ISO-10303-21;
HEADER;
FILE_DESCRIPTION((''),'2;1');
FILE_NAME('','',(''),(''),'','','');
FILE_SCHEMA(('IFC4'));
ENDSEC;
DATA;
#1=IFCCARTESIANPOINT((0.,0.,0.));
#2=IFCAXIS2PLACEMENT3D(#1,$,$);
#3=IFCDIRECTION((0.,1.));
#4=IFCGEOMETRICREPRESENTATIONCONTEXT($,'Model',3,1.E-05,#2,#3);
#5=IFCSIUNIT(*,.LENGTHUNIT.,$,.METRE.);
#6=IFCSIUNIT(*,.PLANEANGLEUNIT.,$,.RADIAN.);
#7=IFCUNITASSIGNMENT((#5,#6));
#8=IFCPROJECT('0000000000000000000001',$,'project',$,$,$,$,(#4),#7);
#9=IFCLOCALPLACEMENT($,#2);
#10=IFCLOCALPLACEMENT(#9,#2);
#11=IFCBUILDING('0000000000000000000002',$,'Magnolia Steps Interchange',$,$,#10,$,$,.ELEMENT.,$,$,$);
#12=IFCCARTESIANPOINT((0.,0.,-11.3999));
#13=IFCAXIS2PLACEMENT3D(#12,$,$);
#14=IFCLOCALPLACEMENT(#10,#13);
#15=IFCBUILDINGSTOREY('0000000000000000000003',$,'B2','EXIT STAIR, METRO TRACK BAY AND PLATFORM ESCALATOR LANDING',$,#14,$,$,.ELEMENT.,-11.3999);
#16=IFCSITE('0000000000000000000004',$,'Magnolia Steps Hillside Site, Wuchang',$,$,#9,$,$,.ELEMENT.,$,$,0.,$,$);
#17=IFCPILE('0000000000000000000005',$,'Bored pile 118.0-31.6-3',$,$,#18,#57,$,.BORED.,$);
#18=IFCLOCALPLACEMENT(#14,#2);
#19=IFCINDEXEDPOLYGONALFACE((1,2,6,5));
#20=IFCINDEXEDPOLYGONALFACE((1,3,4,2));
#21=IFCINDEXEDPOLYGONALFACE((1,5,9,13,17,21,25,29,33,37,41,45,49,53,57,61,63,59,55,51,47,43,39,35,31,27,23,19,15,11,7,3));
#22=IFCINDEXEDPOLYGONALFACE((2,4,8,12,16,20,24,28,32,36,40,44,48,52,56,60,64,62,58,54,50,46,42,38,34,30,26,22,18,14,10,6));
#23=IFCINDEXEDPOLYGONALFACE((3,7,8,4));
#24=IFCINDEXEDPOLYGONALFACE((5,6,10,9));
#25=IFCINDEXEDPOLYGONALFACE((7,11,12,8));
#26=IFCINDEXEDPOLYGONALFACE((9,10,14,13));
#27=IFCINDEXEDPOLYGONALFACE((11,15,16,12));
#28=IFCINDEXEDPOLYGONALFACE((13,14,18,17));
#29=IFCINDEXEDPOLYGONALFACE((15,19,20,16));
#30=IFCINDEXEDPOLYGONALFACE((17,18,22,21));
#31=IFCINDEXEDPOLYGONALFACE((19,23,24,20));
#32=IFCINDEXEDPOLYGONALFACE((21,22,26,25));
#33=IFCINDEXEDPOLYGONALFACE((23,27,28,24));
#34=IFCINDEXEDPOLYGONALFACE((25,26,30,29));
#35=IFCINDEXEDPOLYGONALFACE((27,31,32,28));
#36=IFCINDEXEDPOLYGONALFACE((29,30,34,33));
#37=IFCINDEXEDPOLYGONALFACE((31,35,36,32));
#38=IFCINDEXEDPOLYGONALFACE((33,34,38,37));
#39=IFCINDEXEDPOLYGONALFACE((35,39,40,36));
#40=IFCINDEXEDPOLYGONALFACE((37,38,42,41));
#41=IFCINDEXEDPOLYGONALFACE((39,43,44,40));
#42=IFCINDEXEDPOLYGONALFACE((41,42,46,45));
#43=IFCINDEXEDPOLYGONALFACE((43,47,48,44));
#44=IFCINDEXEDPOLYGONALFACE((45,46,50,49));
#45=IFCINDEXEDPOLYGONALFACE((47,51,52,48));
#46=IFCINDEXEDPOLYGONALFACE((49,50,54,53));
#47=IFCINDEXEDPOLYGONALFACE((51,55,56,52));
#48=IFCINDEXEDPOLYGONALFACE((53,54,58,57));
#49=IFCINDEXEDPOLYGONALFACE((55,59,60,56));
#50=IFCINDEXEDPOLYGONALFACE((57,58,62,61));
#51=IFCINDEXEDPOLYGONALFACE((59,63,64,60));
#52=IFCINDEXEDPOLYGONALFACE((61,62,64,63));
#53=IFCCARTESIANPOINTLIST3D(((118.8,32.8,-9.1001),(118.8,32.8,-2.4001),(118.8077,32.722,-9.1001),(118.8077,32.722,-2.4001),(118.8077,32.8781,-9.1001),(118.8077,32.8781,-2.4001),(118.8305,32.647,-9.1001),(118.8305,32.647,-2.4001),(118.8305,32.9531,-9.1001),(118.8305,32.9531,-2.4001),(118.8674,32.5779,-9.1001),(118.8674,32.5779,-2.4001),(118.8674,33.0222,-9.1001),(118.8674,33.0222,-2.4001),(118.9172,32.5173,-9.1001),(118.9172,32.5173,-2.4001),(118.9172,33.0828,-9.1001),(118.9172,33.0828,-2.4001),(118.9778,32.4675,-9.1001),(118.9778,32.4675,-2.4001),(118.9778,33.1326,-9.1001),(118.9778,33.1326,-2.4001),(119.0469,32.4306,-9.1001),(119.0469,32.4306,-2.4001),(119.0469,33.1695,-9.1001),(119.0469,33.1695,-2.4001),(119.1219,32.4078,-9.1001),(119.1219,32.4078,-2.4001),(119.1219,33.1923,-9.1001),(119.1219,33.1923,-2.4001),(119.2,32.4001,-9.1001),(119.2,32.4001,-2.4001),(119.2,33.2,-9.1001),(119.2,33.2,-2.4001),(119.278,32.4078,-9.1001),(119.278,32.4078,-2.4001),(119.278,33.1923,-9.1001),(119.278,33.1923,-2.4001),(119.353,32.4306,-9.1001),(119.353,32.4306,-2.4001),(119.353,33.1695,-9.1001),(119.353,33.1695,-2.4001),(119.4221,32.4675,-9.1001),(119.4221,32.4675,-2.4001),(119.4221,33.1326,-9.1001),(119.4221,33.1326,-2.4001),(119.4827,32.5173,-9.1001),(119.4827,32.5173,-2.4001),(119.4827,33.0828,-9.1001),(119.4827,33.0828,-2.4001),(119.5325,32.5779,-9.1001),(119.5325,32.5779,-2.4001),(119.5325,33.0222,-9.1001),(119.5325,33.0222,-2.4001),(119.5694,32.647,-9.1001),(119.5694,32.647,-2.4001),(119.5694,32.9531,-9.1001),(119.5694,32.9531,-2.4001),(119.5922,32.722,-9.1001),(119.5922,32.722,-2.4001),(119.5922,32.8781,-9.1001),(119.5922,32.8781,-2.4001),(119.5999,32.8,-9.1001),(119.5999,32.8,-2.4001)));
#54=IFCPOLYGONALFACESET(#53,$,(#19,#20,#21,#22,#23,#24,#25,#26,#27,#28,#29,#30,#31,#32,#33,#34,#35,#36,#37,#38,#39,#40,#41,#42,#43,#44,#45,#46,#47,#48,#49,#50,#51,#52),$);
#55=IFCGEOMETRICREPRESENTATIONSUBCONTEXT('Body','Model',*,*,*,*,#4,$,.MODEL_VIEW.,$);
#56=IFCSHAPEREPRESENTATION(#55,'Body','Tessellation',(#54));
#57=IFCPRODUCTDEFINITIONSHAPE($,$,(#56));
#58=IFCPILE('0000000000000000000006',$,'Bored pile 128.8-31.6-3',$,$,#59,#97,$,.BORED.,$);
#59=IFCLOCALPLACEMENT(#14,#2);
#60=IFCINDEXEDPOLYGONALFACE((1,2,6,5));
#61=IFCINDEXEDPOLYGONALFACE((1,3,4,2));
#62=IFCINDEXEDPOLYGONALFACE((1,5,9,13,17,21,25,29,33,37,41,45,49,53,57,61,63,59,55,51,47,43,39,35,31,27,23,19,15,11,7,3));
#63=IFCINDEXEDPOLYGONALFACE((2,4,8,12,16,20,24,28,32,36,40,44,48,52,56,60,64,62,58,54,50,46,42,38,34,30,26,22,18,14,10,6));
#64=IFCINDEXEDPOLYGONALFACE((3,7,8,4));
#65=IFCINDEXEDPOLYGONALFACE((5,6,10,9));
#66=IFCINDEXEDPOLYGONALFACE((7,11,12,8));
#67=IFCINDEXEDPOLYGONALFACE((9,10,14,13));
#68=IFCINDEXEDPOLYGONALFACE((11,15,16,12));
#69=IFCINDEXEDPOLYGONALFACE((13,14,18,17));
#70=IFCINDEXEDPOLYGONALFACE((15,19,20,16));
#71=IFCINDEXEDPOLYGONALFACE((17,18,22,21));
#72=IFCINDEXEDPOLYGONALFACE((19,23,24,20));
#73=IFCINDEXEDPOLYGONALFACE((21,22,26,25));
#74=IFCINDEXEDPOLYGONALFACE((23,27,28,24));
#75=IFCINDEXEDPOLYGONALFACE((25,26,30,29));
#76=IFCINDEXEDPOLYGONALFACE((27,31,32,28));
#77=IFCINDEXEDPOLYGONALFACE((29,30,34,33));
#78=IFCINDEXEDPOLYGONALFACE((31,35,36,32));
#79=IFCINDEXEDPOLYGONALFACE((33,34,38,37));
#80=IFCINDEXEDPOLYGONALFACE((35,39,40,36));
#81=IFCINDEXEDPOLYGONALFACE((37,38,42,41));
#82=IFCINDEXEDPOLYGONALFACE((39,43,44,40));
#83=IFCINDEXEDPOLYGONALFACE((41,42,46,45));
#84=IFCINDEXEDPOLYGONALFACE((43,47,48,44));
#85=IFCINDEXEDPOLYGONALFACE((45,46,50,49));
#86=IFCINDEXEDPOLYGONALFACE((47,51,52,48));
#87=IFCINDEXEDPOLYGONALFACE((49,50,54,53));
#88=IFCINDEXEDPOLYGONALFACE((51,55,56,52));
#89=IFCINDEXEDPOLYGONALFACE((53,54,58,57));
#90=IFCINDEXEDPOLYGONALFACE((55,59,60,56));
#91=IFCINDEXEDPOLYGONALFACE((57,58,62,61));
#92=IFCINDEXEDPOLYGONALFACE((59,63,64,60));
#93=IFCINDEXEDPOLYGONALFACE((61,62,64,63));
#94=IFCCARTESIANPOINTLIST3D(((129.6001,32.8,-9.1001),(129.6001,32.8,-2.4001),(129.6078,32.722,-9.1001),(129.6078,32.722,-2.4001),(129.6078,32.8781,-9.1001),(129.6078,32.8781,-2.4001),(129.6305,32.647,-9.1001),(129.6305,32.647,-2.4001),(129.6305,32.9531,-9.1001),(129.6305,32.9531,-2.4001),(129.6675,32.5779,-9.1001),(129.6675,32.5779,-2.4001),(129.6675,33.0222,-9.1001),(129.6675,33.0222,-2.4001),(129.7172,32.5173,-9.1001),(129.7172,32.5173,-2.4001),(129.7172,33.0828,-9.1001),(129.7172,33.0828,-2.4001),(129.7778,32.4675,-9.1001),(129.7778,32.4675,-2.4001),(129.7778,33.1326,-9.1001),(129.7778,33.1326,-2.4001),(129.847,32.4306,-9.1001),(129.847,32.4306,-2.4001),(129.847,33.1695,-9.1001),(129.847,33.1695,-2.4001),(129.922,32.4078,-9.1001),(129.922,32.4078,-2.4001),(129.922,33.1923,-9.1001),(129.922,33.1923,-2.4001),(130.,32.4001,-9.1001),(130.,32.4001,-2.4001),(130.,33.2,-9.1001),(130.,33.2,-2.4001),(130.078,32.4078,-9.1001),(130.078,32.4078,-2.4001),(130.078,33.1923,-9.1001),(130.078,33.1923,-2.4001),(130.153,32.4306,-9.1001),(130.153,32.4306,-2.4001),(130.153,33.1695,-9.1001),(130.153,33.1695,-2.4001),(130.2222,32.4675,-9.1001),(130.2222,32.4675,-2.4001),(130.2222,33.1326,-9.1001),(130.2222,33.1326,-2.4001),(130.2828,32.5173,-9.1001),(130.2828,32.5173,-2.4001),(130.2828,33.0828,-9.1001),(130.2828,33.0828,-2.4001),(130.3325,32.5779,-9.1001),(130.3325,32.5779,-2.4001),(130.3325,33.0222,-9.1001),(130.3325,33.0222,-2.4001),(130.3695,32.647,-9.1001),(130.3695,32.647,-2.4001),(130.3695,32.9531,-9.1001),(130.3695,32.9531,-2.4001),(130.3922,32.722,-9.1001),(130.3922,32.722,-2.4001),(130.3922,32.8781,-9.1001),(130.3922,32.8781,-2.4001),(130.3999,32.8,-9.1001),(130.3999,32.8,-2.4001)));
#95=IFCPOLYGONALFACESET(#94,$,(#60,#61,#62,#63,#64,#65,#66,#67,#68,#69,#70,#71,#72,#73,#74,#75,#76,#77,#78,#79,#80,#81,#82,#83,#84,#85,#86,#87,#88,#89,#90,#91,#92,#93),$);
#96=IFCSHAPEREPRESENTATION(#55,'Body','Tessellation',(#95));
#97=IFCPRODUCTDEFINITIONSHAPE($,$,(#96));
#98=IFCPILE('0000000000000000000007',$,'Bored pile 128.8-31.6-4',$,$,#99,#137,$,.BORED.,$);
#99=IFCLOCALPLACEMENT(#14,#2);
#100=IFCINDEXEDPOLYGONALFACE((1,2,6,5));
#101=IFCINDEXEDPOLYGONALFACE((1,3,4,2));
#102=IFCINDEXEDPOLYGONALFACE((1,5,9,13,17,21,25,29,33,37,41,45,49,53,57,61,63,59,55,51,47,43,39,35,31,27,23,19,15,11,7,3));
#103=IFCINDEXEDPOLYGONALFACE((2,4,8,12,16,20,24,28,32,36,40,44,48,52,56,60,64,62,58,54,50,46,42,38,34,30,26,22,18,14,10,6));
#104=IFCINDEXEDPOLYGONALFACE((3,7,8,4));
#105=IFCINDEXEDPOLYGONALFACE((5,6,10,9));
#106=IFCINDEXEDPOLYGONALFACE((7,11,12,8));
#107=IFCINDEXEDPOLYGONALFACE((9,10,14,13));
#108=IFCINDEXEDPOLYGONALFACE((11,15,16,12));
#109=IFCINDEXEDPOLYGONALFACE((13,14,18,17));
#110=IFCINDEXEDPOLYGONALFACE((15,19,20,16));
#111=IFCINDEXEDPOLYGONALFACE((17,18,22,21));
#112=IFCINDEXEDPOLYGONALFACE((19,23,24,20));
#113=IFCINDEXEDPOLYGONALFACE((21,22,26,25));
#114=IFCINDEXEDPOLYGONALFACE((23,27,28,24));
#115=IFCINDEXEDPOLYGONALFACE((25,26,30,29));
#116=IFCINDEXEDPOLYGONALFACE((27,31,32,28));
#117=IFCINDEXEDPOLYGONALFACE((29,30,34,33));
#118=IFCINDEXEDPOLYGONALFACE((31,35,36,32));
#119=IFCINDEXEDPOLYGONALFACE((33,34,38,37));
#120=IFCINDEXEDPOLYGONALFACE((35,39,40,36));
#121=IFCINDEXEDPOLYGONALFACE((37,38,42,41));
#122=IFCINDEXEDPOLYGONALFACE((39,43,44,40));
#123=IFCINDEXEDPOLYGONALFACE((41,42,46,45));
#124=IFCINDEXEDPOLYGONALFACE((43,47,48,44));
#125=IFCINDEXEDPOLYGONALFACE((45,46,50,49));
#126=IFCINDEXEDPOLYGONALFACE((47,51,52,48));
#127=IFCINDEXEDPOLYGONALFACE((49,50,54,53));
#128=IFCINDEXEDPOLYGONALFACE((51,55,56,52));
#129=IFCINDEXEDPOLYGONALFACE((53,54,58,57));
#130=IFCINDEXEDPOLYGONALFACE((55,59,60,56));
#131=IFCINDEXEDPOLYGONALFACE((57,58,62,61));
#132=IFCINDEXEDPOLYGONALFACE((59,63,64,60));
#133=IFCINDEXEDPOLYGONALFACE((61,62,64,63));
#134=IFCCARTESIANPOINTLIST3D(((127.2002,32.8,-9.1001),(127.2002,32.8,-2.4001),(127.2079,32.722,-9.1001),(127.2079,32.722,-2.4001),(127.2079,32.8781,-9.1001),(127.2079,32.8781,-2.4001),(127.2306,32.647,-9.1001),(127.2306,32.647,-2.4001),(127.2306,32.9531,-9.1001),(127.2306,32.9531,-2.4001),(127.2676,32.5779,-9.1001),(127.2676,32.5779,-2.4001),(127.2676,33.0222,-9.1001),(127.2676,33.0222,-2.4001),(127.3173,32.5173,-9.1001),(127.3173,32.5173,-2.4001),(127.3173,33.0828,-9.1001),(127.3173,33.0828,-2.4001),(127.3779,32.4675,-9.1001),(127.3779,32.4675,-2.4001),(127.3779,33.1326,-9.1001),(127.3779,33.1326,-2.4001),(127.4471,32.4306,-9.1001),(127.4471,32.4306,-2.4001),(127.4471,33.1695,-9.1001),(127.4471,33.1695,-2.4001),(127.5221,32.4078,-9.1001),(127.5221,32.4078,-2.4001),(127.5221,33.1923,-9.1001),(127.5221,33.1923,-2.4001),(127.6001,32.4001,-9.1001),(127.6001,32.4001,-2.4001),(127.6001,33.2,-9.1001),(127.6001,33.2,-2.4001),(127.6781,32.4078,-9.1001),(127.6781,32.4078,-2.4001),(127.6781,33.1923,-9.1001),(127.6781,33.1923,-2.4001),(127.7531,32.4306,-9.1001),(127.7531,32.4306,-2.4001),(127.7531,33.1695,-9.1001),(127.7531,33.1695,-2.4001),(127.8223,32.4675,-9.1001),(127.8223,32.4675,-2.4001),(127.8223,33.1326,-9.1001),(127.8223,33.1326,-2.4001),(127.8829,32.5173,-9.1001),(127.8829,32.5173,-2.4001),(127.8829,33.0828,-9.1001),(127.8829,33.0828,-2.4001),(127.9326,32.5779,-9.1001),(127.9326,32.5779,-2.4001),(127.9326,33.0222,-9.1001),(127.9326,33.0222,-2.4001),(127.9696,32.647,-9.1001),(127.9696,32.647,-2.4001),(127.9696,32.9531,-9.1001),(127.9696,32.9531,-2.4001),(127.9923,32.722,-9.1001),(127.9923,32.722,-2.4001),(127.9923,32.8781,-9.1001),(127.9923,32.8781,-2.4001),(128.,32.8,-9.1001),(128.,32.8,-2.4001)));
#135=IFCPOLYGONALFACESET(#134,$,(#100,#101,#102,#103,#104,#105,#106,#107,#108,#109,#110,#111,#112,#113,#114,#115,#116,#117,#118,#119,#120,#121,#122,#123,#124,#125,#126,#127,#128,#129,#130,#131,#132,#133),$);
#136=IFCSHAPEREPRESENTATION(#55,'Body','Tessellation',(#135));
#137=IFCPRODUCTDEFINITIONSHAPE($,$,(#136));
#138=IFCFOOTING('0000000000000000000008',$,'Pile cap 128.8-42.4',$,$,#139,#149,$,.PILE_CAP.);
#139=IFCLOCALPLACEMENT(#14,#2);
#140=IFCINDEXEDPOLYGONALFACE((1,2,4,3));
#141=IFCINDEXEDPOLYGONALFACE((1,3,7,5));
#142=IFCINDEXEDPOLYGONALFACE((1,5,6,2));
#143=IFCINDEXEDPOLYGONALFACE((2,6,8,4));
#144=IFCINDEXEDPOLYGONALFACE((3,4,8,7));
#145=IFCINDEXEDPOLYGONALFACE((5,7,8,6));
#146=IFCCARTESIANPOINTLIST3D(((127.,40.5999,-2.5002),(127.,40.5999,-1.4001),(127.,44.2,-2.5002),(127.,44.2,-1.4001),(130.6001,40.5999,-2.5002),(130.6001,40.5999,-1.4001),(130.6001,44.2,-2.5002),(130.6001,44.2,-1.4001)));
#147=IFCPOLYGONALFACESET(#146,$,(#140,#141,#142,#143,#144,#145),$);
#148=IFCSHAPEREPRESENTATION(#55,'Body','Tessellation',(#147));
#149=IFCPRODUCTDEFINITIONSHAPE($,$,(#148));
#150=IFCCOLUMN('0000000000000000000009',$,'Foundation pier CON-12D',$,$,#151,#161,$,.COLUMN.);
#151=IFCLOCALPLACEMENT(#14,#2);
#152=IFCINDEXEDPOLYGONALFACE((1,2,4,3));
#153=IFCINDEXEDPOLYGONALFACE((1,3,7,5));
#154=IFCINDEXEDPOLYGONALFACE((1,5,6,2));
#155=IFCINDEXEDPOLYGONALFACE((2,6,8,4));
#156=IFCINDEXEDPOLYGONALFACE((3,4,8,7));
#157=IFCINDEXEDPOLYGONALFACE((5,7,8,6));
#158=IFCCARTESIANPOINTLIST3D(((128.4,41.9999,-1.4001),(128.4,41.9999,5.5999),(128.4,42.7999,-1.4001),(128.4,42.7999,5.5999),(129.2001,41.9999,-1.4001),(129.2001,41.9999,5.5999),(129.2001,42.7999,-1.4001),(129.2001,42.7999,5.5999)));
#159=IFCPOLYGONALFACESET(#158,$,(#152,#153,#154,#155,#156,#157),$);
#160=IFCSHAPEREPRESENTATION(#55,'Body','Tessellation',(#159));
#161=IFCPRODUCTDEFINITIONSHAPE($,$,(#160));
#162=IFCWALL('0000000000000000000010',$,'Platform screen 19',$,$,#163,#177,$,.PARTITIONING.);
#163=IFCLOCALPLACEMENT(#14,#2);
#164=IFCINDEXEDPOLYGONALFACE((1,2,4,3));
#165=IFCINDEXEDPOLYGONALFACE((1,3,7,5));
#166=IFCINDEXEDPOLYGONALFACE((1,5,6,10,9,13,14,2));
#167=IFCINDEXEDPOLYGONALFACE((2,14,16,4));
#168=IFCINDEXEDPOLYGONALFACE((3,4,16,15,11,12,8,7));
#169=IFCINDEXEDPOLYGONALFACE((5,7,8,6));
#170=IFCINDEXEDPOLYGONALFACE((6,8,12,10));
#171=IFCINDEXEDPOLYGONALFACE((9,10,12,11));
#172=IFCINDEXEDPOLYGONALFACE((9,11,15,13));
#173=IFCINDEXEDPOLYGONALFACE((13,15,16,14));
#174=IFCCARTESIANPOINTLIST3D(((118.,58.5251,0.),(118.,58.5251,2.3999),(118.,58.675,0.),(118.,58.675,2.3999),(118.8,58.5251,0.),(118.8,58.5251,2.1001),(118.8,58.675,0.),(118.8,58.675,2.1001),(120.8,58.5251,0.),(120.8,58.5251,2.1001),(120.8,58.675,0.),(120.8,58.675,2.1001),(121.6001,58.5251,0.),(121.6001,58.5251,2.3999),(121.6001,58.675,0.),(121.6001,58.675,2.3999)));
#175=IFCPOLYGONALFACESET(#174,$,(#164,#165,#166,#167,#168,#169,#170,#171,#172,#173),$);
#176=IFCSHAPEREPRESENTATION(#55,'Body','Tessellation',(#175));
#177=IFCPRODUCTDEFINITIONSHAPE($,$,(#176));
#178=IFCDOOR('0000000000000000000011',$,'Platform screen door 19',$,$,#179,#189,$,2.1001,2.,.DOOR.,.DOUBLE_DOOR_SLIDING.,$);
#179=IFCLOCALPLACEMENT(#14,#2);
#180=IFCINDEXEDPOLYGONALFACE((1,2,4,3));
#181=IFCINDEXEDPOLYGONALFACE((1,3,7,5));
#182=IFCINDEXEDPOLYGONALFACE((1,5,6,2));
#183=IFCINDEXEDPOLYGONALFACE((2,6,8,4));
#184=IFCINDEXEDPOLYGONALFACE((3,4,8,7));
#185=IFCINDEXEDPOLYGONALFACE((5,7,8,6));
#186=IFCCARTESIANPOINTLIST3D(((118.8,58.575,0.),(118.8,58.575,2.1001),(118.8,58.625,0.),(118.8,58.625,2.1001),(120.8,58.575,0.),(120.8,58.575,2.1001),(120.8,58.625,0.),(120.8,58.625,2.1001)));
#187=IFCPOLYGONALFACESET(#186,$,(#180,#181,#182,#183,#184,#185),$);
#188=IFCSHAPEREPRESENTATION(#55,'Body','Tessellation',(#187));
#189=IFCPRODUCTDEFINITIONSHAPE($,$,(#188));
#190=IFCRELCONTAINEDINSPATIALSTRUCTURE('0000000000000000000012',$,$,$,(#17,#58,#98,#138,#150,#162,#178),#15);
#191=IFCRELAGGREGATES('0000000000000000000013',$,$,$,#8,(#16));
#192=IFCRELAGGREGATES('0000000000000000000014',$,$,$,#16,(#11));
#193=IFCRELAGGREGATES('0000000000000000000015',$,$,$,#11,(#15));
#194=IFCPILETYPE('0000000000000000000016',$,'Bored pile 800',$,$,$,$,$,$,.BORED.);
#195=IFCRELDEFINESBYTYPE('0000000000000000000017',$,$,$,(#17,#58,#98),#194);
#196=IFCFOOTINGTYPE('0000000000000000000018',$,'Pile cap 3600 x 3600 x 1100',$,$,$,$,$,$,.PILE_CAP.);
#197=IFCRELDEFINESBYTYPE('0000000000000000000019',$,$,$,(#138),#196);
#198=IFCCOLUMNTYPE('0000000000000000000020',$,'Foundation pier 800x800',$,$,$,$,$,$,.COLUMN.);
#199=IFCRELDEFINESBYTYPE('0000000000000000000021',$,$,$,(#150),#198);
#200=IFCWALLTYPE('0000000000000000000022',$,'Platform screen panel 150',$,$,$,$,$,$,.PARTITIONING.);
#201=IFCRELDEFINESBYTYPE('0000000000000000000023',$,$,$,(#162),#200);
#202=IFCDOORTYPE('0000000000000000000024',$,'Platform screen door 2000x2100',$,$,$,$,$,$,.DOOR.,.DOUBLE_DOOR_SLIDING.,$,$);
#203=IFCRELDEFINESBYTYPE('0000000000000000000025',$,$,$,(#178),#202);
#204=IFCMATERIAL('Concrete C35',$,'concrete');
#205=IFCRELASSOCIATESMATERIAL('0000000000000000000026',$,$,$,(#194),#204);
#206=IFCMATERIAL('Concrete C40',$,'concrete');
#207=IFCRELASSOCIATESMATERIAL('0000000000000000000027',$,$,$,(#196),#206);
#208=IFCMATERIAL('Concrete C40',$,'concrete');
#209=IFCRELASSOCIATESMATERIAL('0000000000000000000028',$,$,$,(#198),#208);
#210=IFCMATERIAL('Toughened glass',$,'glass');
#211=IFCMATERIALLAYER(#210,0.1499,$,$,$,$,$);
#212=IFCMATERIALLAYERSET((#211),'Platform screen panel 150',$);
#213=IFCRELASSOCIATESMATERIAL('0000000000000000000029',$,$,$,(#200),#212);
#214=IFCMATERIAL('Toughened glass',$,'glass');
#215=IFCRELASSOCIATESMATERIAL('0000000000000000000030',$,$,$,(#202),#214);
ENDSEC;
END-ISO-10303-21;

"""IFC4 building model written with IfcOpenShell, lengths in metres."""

from ifc_helpers import new_model, si_unit, direction, frame, frame_2d, origin, origin_2d, place, context, subcontext, project, spatial, rectangle, circle, extrude, material, layer, layer_set, material_profile, profile_set, type_object, element, fill, save


model = new_model("IFC4")

# Units and contexts
model_context = context("Model", 3, precision=1e-05, world=origin(), true_north=direction((0.0, 1.0)))
body_context = subcontext(model_context, "Body", "Model", "MODEL_VIEW")
ifc_project = project(units=[si_unit("LENGTHUNIT", "METRE"), si_unit("PLANEANGLEUNIT", "RADIAN")], contexts=[model_context])

# Site, building, storey
site_placement = place(None, origin())
site = spatial("IfcSite", under=ifc_project, at=site_placement, Name="Magnolia Steps Hillside Site, Wuchang", CompositionType="ELEMENT", RefElevation=0.0)
building_placement = place(site_placement, origin())
building = spatial("IfcBuilding", under=site, at=building_placement, Name="Magnolia Steps Interchange", CompositionType="ELEMENT")
storey_placement = place(building_placement, frame((0.0, 0.0, -11.3999)))
storey = spatial("IfcBuildingStorey", under=building, at=storey_placement, Name="B2", Description="EXIT STAIR, METRO TRACK BAY AND PLATFORM ESCALATOR LANDING", CompositionType="ELEMENT", Elevation=-11.3999)

# Piles
ifc_material_1 = material(Name="Concrete C35", Category="concrete")
ifc_material_profile_1 = material_profile(ifc_material_1, circle(Radius=0.3999, at=origin_2d()), Name="Bored pile 800")
ifc_profile_set_1 = profile_set([ifc_material_profile_1], Name="Concrete C35")
pile_type_1 = type_object("IfcPileType", Name="Bored pile 800", PredefinedType="BORED", material=ifc_profile_set_1)
for number, where, z_axis, x_axis, name in (
    (1, (119.2, 32.8, -2.4001), (0.0, 0.0, -1.0), (1.0, 0.0, 0.0), "Bored pile 118.0-31.6-3"),
    (2, (130.0, 32.8, -2.4001), (0.0, 0.0, -1.0), (1.0, 0.0, 0.0), "Bored pile 128.8-31.6-3"),
    (3, (127.6001, 32.8, -2.4001), (0.0, 0.0, -1.0), (1.0, 0.0, 0.0), "Bored pile 128.8-31.6-4"),
):
    element("IfcPile", number, at=place(storey_placement, frame(where, z_axis=z_axis, x_axis=x_axis)), inside=storey, type_object=pile_type_1, Name=name, PredefinedType="BORED", context=body_context, shape_type="SweptSolid", body=[
        extrude(circle(Radius=0.3999, at=origin_2d()), origin(), (0.0, 0.0, 1.0), 6.7),
    ])

# Footing
ifc_material_2 = material(Name="Concrete C40", Category="concrete")
footing_type = type_object("IfcFootingType", Name="Pile cap 3600 x 3600 x 1100", PredefinedType="PILE_CAP", material=ifc_material_2)
footing_placement = place(storey_placement, frame((128.8, 42.3999, -2.5002), z_axis=(0.0, 0.0, 1.0), x_axis=(1.0, 0.0, 0.0)))
element("IfcFooting", 4, at=footing_placement, inside=storey, type_object=footing_type, Name="Pile cap 128.8-42.4", PredefinedType="PILE_CAP", context=body_context, shape_type="SweptSolid", body=[
    extrude(rectangle(XDim=3.6001, YDim=3.6001, at=origin_2d()), origin(), (0.0, 0.0, 1.0), 1.1001),
])

# Column
ifc_material_3 = material(Name="Concrete C40", Category="concrete")
ifc_material_profile_2 = material_profile(ifc_material_3, rectangle(XDim=0.8, YDim=0.8, at=origin_2d()), Name="RC800x800")
ifc_profile_set_2 = profile_set([ifc_material_profile_2], Name="Concrete C40")
column_type = type_object("IfcColumnType", Name="Foundation pier 800x800", PredefinedType="COLUMN", material=ifc_profile_set_2)
column_placement = place(storey_placement, frame((128.8, 42.3999, -1.4001), z_axis=(0.0, 0.0, 1.0), x_axis=(1.0, 0.0, 0.0)))
element("IfcColumn", 5, at=column_placement, inside=storey, type_object=column_type, Name="Foundation pier CON-12D", PredefinedType="COLUMN", context=body_context, shape_type="SweptSolid", body=[
    extrude(rectangle(XDim=0.8, YDim=0.8, at=origin_2d()), origin(), (0.0, 0.0, 1.0), 7.0),
])

# Wall, opening, door
ifc_material_4 = material(Name="Toughened glass", Category="glass")
ifc_layer = layer(ifc_material_4, 0.1499)
ifc_layer_set = layer_set([ifc_layer], Name="Platform screen panel 150")
wall_type = type_object("IfcWallType", Name="Platform screen panel 150", PredefinedType="PARTITIONING", material=ifc_layer_set)
wall_1_placement = place(storey_placement, frame((118.0, 58.6001, 0.0), z_axis=(0.0, 0.0, 1.0), x_axis=(1.0, 0.0, 0.0)))
wall_1 = element("IfcWall", 6, at=wall_1_placement, inside=storey, type_object=wall_type, Name="Platform screen 19", PredefinedType="PARTITIONING", context=body_context, shape_type="SweptSolid", body=[
    extrude(rectangle(XDim=3.6001, YDim=0.1499, at=frame_2d((1.8, 0.0))), origin(), (0.0, 0.0, 1.0), 2.3999),
])
opening_1_placement = place(wall_1_placement, frame((0.8, 0.0, 0.0)))
opening_1 = element("IfcOpeningElement", 7, at=opening_1_placement, cuts=wall_1, PredefinedType="OPENING", context=body_context, shape_type="SweptSolid", body=[
    extrude(rectangle(XDim=2.0, YDim=2.1001, at=frame_2d((1.0, 1.05))), frame((0.0, 0.085, 0.0), z_axis=(0.0, -1.0, 0.0), x_axis=(1.0, 0.0, 0.0)), (0.0, 0.0, 1.0), 0.1699),
])
ifc_material_5 = material(Name="Toughened glass", Category="glass")
door_type = type_object("IfcDoorType", Name="Platform screen door 2000x2100", OperationType="DOUBLE_DOOR_SLIDING", PredefinedType="DOOR", material=ifc_material_5)
door_1_placement = place(opening_1_placement, origin())
door_1 = element("IfcDoor", 8, at=door_1_placement, inside=storey, type_object=door_type, Name="Platform screen door 19", OperationType="DOUBLE_DOOR_SLIDING", OverallHeight=2.1001, OverallWidth=2.0, PredefinedType="DOOR", context=body_context, shape_type="SweptSolid", body=[
    extrude(rectangle(XDim=2.0, YDim=2.1001, at=frame_2d((1.0, 1.05))), frame((0.0, 0.0249, 0.0), z_axis=(0.0, -1.0, 0.0), x_axis=(1.0, 0.0, 0.0)), (0.0, 0.0, 1.0), 0.05),
])
fill(opening_1, door_1)

save(model, "model.ifc")
